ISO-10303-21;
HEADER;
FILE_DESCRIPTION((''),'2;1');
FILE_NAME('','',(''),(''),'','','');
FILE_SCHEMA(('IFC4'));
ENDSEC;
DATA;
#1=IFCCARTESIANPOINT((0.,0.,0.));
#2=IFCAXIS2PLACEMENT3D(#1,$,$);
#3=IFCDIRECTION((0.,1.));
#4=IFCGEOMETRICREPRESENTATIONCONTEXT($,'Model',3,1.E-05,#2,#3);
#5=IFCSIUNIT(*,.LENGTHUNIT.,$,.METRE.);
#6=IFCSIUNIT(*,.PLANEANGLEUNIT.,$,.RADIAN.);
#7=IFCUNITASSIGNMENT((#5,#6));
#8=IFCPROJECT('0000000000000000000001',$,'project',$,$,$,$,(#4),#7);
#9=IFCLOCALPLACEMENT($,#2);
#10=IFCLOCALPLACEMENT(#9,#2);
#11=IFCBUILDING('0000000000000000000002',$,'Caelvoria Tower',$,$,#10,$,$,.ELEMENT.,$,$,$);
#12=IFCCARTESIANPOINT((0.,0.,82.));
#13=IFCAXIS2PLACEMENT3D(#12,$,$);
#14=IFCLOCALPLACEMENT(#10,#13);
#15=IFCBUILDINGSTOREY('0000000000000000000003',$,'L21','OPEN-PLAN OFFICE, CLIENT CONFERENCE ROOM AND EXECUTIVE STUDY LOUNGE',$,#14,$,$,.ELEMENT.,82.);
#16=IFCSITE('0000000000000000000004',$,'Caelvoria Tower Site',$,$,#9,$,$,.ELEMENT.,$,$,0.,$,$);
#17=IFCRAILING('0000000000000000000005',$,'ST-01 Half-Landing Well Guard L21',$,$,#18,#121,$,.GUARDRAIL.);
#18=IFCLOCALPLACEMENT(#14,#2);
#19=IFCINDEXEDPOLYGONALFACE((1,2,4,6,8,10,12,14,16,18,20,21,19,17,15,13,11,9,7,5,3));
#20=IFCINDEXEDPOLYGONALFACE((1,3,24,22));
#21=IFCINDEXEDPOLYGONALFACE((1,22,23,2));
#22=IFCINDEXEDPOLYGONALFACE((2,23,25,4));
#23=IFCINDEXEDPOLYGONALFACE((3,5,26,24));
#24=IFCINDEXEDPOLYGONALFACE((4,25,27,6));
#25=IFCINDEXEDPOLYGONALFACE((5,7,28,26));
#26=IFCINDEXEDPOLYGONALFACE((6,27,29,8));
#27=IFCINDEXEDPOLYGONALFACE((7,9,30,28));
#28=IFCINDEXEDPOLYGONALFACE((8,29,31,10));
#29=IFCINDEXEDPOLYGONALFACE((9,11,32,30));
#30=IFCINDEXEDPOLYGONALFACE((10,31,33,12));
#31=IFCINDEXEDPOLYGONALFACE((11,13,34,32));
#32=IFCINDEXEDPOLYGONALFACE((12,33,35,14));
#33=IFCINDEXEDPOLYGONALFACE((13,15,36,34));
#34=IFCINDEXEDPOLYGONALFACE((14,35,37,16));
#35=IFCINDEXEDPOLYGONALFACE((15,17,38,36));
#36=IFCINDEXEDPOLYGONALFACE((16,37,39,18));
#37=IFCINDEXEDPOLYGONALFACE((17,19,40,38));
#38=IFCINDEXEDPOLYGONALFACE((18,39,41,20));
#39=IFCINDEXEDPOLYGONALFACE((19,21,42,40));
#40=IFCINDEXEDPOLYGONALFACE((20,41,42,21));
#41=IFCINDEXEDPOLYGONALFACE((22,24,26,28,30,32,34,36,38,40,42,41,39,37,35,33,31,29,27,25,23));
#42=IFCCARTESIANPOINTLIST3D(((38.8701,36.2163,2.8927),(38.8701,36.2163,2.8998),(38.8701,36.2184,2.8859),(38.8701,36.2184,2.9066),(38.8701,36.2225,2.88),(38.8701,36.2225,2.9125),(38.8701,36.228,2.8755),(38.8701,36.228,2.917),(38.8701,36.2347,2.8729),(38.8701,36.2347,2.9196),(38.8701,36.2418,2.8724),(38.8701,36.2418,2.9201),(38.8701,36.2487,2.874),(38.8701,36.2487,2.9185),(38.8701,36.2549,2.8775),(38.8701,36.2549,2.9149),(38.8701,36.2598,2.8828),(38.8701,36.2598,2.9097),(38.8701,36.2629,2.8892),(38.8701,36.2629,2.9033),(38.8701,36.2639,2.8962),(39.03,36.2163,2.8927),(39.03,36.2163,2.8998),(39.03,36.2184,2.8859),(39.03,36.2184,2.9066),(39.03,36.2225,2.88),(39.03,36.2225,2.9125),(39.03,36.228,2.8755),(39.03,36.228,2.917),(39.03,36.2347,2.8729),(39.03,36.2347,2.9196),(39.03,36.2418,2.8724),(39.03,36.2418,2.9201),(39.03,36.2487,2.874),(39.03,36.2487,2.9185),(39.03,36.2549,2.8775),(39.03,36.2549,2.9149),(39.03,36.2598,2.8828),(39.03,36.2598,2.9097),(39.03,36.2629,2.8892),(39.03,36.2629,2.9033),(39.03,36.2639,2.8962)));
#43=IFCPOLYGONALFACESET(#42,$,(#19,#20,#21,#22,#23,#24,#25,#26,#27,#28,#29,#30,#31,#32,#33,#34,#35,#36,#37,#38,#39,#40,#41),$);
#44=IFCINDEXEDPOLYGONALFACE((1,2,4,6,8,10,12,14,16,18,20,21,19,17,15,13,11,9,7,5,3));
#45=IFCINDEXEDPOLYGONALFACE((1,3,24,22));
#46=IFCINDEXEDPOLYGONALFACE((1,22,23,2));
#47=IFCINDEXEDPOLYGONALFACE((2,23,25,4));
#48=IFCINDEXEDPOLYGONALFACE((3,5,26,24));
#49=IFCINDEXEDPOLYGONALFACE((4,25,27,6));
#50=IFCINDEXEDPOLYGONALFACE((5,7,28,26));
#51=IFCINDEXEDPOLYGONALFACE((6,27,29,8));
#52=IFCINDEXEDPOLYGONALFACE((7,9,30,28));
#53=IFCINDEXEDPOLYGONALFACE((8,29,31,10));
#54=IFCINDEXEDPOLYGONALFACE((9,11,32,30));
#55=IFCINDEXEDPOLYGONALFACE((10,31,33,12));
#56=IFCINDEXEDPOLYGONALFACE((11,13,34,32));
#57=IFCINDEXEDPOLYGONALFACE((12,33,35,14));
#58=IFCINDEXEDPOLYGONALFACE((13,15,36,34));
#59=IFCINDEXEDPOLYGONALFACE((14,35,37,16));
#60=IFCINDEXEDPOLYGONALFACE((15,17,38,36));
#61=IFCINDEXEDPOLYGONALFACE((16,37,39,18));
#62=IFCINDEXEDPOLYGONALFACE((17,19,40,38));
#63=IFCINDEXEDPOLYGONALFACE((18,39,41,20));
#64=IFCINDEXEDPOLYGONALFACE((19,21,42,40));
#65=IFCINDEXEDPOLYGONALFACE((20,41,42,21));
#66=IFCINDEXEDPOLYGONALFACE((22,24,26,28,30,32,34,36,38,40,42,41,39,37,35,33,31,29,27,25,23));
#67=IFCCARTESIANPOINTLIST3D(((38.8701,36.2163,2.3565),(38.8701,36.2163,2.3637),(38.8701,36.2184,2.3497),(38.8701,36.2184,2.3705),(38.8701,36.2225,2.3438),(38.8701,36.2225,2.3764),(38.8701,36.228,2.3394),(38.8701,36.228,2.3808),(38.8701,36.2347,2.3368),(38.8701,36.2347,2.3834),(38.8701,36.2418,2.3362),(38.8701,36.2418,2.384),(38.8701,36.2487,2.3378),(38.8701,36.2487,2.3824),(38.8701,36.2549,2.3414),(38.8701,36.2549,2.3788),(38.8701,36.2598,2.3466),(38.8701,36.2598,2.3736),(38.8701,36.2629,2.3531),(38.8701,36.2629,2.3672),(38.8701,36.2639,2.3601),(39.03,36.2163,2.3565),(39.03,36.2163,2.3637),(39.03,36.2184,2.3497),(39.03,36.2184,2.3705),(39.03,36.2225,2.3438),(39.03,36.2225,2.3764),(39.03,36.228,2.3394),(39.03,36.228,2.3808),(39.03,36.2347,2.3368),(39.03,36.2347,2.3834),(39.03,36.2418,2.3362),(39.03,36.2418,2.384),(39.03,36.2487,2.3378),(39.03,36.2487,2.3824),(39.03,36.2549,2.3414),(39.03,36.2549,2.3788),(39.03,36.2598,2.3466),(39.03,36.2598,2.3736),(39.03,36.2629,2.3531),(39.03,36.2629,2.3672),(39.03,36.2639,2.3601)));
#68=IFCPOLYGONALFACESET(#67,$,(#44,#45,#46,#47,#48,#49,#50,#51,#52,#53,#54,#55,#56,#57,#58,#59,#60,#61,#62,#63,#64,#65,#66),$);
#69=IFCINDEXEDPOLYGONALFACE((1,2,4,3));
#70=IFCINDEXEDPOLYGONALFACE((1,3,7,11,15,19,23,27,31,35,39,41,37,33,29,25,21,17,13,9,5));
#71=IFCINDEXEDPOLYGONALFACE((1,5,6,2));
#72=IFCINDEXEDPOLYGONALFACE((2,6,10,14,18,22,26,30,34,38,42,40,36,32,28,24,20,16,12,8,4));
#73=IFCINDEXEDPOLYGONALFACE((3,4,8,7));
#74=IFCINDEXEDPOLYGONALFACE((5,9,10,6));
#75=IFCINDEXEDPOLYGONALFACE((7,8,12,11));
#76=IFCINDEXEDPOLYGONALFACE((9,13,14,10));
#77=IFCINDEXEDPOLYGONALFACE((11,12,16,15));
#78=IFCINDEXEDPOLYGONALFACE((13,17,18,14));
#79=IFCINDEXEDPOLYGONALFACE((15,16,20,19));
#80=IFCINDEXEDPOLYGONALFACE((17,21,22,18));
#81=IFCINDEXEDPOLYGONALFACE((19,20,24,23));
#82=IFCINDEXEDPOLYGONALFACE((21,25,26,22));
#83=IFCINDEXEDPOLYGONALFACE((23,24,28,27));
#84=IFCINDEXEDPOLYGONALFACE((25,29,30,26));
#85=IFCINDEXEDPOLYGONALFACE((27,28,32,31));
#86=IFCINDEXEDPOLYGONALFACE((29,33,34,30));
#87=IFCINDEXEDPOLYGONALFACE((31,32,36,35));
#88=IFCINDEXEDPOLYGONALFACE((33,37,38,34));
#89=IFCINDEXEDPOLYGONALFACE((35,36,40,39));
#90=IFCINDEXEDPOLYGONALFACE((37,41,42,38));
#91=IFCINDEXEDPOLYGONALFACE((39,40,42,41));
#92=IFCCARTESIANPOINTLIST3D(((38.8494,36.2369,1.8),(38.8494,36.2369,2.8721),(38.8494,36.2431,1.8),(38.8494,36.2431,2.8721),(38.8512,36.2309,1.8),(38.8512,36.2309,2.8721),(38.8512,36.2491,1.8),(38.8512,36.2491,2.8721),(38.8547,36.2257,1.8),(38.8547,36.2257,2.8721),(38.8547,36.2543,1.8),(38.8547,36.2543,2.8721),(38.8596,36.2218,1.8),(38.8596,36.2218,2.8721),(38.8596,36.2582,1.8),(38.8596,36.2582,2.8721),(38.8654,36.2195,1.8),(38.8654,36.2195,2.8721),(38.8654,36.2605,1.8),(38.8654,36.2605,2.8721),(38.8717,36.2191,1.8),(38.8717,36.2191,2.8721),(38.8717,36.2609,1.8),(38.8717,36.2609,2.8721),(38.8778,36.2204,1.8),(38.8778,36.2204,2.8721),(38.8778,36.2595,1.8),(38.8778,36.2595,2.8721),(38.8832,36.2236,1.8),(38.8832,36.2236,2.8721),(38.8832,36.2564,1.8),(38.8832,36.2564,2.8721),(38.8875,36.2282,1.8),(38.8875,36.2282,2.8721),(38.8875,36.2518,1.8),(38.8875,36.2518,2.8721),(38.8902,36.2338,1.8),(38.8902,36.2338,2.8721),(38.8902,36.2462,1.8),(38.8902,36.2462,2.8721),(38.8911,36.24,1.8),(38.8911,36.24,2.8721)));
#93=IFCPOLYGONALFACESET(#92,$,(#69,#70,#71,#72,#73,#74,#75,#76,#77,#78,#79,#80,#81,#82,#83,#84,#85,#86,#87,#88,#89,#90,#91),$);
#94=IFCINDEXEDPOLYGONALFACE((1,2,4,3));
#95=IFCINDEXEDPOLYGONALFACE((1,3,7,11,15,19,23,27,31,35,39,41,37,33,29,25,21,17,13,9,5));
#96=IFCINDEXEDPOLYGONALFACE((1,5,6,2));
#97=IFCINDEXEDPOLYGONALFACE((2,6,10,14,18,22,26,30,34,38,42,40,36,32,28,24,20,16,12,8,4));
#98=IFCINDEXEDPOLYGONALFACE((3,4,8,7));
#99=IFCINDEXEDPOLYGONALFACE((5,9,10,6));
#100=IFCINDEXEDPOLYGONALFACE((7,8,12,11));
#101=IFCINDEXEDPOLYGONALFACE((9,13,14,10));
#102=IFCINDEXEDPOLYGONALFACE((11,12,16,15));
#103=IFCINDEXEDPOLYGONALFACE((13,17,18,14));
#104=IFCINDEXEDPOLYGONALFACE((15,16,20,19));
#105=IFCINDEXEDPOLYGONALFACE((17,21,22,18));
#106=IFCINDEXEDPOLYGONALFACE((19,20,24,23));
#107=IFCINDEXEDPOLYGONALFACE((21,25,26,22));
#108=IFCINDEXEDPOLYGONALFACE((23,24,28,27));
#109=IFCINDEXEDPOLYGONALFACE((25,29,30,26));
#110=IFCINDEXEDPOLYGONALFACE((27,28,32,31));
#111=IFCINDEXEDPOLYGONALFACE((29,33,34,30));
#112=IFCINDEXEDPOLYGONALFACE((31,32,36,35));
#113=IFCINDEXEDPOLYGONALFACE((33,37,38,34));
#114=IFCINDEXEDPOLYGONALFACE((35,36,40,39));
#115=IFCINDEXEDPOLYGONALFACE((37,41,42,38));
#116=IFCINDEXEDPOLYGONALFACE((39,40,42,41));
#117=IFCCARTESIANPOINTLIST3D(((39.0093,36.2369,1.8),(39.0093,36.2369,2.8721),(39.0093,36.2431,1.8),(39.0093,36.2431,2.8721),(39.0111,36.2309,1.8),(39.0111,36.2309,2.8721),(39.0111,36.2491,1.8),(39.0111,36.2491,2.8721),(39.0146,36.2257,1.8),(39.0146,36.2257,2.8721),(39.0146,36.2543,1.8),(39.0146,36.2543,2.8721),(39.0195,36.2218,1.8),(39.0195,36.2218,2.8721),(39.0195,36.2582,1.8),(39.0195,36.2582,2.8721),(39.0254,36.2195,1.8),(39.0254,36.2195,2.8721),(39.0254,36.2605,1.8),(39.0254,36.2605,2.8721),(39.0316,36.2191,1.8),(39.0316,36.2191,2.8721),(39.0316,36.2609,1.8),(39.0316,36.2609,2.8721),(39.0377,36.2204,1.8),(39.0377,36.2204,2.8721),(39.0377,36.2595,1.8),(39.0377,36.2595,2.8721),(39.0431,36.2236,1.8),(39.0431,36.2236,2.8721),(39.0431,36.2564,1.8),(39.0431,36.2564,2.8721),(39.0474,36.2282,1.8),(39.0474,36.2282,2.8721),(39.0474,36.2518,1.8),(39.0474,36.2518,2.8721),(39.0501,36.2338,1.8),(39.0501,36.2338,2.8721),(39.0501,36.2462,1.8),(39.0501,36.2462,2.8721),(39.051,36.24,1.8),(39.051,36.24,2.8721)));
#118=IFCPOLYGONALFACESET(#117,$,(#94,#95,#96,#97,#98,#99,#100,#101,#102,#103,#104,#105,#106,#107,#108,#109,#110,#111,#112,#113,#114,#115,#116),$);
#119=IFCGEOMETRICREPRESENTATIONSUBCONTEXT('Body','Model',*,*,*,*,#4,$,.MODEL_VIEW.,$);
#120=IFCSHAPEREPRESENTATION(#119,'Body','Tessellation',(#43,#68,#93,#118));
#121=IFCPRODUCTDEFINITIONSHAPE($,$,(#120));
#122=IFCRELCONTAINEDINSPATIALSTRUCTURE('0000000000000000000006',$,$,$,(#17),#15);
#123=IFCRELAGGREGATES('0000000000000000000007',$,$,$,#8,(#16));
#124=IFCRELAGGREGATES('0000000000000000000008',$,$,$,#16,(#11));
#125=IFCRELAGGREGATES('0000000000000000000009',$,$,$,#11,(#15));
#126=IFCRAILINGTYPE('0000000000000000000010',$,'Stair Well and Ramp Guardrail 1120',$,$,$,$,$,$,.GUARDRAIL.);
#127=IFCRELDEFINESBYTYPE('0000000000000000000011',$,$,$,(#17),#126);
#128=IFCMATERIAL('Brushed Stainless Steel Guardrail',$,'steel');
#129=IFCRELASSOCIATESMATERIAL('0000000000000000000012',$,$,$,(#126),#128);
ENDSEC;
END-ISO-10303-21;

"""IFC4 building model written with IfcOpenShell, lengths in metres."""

from ifc_helpers import new_model, si_unit, direction, frame, origin, origin_2d, place, context, subcontext, project, spatial, circle, extrude, material, type_object, element, save


model = new_model("IFC4")

# Units and contexts
model_context = context("Model", 3, precision=1e-05, world=origin(), true_north=direction((0.0, 1.0)))
body_context = subcontext(model_context, "Body", "Model", "MODEL_VIEW")
ifc_project = project(units=[si_unit("LENGTHUNIT", "METRE"), si_unit("PLANEANGLEUNIT", "RADIAN")], contexts=[model_context])

# Site, building, storey
site_placement = place(None, origin())
site = spatial("IfcSite", under=ifc_project, at=site_placement, Name="Caelvoria Tower Site", CompositionType="ELEMENT", RefElevation=0.0)
building_placement = place(site_placement, origin())
building = spatial("IfcBuilding", under=site, at=building_placement, Name="Caelvoria Tower", CompositionType="ELEMENT")
storey_placement = place(building_placement, frame((0.0, 0.0, 82.0)))
storey = spatial("IfcBuildingStorey", under=building, at=storey_placement, Name="L21", Description="OPEN-PLAN OFFICE, CLIENT CONFERENCE ROOM AND EXECUTIVE STUDY LOUNGE", CompositionType="ELEMENT", Elevation=82.0)

# Railing
ifc_material_1 = material(Name="Brushed Stainless Steel Guardrail", Category="steel")
railing_type_1 = type_object("IfcRailingType", Name="Stair Well and Ramp Guardrail 1120", PredefinedType="GUARDRAIL", material=ifc_material_1)
railing_1_placement = place(storey_placement, frame((38.8701, 36.24, 1.8)))
element("IfcRailing", 1, at=railing_1_placement, inside=storey, type_object=railing_type_1, Name="ST-01 Half-Landing Well Guard L21", PredefinedType="GUARDRAIL", context=body_context, shape_type="SweptSolid", body=[
    extrude(circle(Radius=0.0239, at=origin_2d()), frame((0.0, 0.0, 1.0962), z_axis=(1.0, 0.0, 0.0), x_axis=(0.0, 1.0, 0.0)), (0.0, 0.0, 1.0), 0.1599),
    extrude(circle(Radius=0.0239, at=origin_2d()), frame((0.0, 0.0, 0.5601), z_axis=(1.0, 0.0, 0.0), x_axis=(0.0, 1.0, 0.0)), (0.0, 0.0, 1.0), 0.1599),
    extrude(circle(Radius=0.021, at=origin_2d()), origin(), (0.0, 0.0, 1.0), 1.072),
    extrude(circle(Radius=0.021, at=origin_2d()), frame((0.1599, 0.0, 0.0)), (0.0, 0.0, 1.0), 1.072),
])

save(model, "model.ifc")
